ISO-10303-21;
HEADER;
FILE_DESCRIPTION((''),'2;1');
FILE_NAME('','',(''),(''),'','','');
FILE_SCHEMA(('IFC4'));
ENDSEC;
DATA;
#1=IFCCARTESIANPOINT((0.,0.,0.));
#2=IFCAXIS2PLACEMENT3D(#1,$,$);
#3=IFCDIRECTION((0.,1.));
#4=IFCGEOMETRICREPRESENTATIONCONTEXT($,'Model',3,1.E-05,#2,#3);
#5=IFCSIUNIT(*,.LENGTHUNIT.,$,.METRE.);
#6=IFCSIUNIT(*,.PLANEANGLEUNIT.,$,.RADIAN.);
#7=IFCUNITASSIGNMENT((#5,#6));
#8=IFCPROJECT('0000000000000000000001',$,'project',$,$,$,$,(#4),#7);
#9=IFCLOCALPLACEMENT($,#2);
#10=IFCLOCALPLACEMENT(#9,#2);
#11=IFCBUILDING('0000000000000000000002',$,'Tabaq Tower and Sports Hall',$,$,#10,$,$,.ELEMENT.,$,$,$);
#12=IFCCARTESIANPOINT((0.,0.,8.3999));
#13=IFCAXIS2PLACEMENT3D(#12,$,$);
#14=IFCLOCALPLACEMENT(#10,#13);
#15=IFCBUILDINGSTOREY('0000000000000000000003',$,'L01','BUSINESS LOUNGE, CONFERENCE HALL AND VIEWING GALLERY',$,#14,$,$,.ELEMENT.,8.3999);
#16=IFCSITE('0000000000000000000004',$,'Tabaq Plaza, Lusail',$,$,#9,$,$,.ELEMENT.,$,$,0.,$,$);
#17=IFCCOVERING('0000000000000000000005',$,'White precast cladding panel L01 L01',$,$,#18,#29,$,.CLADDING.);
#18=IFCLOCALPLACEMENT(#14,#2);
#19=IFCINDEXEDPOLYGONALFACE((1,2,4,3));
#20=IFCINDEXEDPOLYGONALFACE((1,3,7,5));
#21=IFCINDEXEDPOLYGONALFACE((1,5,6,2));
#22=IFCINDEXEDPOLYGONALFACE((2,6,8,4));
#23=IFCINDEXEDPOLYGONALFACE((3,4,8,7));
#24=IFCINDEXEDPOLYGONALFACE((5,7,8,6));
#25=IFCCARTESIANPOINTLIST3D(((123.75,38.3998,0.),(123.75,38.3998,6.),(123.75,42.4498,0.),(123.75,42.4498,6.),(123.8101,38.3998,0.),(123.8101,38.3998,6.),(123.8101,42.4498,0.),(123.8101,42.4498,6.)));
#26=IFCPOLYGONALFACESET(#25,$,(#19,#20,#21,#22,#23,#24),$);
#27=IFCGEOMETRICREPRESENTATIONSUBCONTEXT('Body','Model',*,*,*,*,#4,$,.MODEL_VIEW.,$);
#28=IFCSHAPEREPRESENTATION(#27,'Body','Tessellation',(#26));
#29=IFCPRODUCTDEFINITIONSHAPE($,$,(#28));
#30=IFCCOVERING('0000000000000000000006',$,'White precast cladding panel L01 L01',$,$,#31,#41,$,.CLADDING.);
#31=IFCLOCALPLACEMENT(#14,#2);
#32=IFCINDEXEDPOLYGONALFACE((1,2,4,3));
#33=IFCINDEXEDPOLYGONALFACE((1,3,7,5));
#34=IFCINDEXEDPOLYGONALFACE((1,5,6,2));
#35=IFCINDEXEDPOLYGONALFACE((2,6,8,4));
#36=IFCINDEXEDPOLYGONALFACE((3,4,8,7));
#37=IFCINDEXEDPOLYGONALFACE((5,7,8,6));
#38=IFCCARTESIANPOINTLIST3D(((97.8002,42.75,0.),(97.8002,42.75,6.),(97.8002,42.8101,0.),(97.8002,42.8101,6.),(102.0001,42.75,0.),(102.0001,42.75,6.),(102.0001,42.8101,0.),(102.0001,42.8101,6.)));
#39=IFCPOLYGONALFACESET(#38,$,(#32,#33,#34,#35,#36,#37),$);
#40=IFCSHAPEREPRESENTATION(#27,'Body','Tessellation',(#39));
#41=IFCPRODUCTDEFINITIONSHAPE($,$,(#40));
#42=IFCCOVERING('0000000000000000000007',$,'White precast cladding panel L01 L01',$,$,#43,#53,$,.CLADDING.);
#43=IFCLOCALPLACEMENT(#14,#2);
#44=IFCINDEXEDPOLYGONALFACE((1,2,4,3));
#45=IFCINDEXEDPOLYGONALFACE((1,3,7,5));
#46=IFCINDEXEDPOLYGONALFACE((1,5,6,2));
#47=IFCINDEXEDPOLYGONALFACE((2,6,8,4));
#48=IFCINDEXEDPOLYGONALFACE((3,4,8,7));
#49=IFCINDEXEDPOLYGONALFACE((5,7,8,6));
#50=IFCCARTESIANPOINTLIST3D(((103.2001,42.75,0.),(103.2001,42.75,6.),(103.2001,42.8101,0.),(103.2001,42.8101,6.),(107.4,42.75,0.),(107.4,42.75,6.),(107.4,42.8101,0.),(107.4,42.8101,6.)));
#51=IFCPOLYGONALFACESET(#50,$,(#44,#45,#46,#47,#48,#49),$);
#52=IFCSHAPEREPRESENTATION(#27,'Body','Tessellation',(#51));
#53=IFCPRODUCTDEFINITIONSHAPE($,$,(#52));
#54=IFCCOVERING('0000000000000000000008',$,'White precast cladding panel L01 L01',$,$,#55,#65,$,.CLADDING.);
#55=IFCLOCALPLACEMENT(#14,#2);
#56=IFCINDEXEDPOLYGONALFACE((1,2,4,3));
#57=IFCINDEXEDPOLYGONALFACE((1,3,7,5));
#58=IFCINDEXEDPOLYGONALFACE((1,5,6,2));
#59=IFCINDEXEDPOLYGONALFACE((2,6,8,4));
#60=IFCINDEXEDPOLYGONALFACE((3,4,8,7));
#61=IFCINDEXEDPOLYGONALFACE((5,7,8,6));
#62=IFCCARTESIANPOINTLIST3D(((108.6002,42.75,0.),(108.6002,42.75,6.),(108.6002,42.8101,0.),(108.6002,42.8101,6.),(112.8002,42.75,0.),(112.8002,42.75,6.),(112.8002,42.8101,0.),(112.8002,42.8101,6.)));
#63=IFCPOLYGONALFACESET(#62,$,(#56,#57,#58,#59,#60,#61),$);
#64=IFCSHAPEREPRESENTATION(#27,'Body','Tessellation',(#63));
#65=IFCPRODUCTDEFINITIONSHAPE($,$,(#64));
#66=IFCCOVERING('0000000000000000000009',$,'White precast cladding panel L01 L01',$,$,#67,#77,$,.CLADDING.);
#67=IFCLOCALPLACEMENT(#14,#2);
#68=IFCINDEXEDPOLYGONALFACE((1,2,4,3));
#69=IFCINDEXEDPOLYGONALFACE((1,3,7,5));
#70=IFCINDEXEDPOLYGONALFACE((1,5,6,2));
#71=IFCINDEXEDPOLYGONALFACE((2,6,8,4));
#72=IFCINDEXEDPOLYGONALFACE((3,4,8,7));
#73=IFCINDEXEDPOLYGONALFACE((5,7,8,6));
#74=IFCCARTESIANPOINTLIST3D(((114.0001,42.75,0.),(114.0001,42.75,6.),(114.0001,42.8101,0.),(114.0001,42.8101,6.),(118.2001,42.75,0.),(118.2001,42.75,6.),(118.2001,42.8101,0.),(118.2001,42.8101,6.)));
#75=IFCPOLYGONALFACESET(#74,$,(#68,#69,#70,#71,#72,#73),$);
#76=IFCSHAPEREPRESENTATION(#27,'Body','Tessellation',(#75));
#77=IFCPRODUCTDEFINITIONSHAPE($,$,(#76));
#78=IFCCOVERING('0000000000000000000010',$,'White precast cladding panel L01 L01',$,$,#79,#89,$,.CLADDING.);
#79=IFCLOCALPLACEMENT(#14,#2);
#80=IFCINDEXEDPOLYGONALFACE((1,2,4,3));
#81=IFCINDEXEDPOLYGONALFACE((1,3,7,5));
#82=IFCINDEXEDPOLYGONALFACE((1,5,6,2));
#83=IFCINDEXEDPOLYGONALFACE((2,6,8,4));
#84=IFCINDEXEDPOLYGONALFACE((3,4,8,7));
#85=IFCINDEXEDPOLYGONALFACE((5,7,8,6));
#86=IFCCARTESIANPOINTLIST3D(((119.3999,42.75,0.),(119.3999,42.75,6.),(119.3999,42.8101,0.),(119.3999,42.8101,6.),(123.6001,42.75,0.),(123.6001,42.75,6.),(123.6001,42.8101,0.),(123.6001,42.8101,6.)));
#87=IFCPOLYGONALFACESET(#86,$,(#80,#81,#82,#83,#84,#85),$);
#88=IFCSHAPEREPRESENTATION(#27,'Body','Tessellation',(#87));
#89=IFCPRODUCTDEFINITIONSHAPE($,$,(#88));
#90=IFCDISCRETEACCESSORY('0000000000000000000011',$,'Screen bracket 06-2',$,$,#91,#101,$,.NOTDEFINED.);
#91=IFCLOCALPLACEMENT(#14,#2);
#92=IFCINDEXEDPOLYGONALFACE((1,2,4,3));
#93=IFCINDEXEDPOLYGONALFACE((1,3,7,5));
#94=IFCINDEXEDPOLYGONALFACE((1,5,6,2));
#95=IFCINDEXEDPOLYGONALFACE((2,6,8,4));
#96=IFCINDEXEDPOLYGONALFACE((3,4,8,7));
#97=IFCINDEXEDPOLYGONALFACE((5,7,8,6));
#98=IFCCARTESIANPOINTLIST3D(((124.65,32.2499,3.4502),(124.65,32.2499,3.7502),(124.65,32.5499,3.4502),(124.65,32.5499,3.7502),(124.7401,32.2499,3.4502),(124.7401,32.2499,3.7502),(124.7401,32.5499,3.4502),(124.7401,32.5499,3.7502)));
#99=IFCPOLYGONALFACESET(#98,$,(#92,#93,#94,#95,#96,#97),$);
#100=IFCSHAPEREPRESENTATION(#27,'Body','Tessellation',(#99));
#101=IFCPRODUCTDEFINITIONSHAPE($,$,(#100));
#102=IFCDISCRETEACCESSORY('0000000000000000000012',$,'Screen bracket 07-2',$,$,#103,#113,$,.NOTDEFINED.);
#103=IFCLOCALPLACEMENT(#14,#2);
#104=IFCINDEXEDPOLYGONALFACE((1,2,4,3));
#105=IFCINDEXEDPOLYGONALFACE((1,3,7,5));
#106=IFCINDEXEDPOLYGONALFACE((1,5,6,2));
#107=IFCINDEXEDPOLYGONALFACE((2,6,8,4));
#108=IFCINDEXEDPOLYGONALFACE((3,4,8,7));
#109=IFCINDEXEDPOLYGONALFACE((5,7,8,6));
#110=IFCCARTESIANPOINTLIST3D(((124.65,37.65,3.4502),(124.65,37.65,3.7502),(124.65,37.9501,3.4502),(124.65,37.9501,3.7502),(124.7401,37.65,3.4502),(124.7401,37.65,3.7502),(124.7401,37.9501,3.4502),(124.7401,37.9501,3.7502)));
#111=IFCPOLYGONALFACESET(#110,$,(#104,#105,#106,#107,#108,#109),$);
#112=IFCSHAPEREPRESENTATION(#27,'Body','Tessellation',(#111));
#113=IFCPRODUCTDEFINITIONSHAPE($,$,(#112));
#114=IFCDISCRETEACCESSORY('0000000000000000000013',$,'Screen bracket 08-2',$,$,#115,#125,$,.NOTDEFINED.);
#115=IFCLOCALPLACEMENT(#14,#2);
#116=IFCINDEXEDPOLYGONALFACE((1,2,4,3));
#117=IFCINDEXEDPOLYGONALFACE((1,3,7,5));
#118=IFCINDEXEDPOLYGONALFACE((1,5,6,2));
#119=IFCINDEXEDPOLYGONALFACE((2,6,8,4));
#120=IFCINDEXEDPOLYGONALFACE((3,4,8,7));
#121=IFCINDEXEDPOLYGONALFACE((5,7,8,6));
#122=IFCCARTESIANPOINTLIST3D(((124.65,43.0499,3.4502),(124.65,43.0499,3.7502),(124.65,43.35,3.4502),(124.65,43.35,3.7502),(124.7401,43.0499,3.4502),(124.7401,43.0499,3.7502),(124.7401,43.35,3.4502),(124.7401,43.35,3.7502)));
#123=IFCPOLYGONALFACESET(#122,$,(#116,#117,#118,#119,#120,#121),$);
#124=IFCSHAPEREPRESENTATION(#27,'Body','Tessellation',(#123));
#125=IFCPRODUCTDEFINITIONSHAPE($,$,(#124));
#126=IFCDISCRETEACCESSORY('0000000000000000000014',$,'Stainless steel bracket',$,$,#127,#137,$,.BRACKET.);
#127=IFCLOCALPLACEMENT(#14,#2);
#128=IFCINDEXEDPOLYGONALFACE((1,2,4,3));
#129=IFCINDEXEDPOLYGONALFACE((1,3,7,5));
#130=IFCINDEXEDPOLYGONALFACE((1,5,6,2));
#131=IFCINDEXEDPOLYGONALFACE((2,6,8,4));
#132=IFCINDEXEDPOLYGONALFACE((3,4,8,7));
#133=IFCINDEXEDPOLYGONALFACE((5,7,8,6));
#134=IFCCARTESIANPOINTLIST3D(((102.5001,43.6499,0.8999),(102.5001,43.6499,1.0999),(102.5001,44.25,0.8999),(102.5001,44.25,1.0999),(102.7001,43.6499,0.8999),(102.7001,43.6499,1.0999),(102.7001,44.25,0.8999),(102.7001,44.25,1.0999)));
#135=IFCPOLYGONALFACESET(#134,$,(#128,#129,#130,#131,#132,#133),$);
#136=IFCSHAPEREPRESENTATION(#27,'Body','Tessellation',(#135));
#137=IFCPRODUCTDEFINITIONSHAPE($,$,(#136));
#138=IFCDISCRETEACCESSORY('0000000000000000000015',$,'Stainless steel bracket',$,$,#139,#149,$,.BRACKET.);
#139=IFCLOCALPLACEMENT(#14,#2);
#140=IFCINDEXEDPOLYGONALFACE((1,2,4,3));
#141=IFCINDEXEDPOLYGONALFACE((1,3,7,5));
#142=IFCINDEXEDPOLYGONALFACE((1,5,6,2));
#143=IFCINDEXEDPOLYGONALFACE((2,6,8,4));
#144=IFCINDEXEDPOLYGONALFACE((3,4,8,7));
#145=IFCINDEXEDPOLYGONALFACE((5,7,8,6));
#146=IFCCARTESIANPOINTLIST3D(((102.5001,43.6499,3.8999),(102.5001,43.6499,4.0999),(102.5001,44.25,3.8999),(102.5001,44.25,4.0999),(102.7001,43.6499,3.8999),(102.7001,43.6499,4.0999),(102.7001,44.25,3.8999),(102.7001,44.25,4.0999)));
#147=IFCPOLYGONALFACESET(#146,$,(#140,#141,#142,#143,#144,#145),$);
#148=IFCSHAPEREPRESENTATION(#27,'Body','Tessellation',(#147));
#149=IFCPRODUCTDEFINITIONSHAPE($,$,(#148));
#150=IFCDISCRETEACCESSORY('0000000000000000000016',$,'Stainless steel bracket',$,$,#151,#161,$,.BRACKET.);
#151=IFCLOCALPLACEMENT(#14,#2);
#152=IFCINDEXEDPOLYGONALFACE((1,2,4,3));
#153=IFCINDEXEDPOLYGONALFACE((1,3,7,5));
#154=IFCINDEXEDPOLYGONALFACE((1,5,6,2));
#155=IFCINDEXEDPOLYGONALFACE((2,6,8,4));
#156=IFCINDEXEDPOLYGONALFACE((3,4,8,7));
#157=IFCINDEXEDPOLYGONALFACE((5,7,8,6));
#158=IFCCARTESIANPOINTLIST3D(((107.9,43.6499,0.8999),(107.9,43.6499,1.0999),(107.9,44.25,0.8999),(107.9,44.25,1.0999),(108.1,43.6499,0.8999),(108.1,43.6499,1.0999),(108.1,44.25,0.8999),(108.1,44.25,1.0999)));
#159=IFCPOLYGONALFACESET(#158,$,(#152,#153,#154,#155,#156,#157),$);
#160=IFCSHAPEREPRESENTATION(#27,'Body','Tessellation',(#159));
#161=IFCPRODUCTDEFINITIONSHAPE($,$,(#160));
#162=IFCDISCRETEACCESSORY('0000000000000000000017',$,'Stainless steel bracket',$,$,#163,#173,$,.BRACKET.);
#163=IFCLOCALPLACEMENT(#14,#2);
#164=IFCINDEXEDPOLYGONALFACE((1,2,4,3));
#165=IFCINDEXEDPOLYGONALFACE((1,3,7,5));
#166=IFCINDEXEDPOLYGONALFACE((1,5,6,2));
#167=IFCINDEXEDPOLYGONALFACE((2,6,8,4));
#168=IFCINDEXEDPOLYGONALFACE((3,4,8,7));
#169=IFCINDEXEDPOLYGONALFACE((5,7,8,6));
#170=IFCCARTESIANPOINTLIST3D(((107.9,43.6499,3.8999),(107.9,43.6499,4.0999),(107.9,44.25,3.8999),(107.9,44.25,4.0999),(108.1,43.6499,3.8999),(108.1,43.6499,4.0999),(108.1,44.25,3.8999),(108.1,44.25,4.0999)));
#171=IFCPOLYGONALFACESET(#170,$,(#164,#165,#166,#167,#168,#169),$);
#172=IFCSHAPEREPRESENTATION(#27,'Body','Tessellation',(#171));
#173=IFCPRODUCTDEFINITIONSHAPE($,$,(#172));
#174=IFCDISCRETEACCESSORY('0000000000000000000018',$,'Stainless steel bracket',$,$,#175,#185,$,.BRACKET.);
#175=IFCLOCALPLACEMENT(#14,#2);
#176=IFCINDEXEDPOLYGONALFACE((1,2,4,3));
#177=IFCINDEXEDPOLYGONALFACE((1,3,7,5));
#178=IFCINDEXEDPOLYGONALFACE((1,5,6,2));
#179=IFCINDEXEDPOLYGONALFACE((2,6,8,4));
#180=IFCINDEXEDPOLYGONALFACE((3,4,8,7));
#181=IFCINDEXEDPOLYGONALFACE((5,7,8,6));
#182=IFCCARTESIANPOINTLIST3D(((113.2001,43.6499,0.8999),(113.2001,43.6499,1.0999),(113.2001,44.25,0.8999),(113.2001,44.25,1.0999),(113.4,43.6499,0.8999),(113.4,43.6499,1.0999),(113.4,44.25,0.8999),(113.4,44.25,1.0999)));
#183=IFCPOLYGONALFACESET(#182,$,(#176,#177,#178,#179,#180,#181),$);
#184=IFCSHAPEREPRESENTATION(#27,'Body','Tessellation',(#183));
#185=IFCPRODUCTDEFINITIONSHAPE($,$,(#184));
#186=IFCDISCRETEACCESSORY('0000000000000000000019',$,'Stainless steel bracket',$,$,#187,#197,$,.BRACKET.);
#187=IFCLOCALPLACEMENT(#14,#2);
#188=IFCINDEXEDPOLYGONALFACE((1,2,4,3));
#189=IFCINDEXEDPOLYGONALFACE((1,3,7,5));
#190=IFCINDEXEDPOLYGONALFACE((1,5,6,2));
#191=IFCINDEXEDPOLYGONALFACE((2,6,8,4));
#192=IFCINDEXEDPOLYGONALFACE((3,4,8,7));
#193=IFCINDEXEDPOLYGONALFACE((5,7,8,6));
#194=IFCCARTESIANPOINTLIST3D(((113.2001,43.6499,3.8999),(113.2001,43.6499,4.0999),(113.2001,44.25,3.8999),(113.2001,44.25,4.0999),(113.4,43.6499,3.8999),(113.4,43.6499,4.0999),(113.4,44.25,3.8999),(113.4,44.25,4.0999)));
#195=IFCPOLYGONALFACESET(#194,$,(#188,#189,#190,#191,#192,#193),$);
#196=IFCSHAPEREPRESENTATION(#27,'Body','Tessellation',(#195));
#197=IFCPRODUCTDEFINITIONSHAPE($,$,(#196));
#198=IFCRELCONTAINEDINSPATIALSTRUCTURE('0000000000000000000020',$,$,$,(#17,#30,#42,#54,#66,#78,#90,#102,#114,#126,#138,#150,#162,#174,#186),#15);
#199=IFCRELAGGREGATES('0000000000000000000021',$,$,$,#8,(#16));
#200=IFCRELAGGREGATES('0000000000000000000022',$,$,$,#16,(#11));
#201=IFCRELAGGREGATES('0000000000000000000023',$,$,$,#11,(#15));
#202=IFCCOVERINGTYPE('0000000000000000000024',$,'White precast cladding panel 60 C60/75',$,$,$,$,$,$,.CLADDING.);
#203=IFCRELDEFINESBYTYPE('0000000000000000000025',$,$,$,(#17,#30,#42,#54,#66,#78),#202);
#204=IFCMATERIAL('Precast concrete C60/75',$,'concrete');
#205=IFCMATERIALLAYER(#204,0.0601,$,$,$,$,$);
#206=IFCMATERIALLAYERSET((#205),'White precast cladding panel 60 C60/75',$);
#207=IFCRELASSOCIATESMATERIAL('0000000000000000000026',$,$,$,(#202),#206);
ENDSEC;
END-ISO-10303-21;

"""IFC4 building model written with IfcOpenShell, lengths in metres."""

from ifc_helpers import new_model, si_unit, direction, frame, frame_2d, origin, origin_2d, place, context, subcontext, project, spatial, rectangle, extrude, material, layer, layer_set, type_object, element, save


model = new_model("IFC4")

# Units and contexts
model_context = context("Model", 3, precision=1e-05, world=origin(), true_north=direction((0.0, 1.0)))
body_context = subcontext(model_context, "Body", "Model", "MODEL_VIEW")
ifc_project = project(units=[si_unit("LENGTHUNIT", "METRE"), si_unit("PLANEANGLEUNIT", "RADIAN")], contexts=[model_context])

# Site, building, storey
site_placement = place(None, origin())
site = spatial("IfcSite", under=ifc_project, at=site_placement, Name="Tabaq Plaza, Lusail", CompositionType="ELEMENT", RefElevation=0.0)
building_placement = place(site_placement, origin())
building = spatial("IfcBuilding", under=site, at=building_placement, Name="Tabaq Tower and Sports Hall", CompositionType="ELEMENT")
storey_placement = place(building_placement, frame((0.0, 0.0, 8.3999)))
storey = spatial("IfcBuildingStorey", under=building, at=storey_placement, Name="L01", Description="BUSINESS LOUNGE, CONFERENCE HALL AND VIEWING GALLERY", CompositionType="ELEMENT", Elevation=8.3999)

# Coverings
ifc_material_1 = material(Name="Precast concrete C60/75", Category="concrete")
ifc_layer_1 = layer(ifc_material_1, 0.0601)
ifc_layer_set_1 = layer_set([ifc_layer_1], Name="White precast cladding panel 60 C60/75")
covering_type = type_object("IfcCoveringType", Name="White precast cladding panel 60 C60/75", PredefinedType="CLADDING", material=ifc_layer_set_1)
covering_1_placement = place(storey_placement, frame((123.78, 38.3999, 0.0), z_axis=(0.0, 0.0, 1.0), x_axis=(0.0, 1.0, 0.0)))
element("IfcCovering", 1, at=covering_1_placement, inside=storey, type_object=covering_type, Name="White precast cladding panel L01 L01", PredefinedType="CLADDING", context=body_context, shape_type="SweptSolid", body=[
    extrude(rectangle(XDim=4.05, YDim=0.0601, at=frame_2d((2.0249, 0.0))), origin(), (0.0, 0.0, 1.0), 6.0),
])
for number, where, z_axis, x_axis, name in (
    (2, (97.8, 42.78, 0.0), (0.0, 0.0, 1.0), (1.0, 0.0, 0.0), "White precast cladding panel L01 L01"),
    (3, (103.2, 42.78, 0.0), (0.0, 0.0, 1.0), (1.0, 0.0, 0.0), "White precast cladding panel L01 L01"),
    (4, (108.6001, 42.78, 0.0), (0.0, 0.0, 1.0), (1.0, 0.0, 0.0), "White precast cladding panel L01 L01"),
    (5, (114.0, 42.78, 0.0), (0.0, 0.0, 1.0), (1.0, 0.0, 0.0), "White precast cladding panel L01 L01"),
):
    element("IfcCovering", number, at=place(storey_placement, frame(where, z_axis=z_axis, x_axis=x_axis)), inside=storey, type_object=covering_type, Name=name, PredefinedType="CLADDING", context=body_context, shape_type="SweptSolid", body=[
        extrude(rectangle(XDim=4.2, YDim=0.0601, at=frame_2d((2.1001, 0.0))), origin(), (0.0, 0.0, 1.0), 6.0),
    ])
covering_2_placement = place(storey_placement, frame((119.3999, 42.78, 0.0), z_axis=(0.0, 0.0, 1.0), x_axis=(1.0, 0.0, 0.0)))
element("IfcCovering", 6, at=covering_2_placement, inside=storey, type_object=covering_type, Name="White precast cladding panel L01 L01", PredefinedType="CLADDING", context=body_context, shape_type="SweptSolid", body=[
    extrude(rectangle(XDim=4.2002, YDim=0.0601, at=frame_2d((2.1001, 0.0))), origin(), (0.0, 0.0, 1.0), 6.0),
])

# Discrete accessories
for number, where, z_axis, x_axis, name in (
    (7, (124.6951, 32.3999, 3.4502), (0.0, 0.0, 1.0), (1.0, 0.0, 0.0), "Screen bracket 06-2"),
    (8, (124.6951, 37.8, 3.4502), (0.0, 0.0, 1.0), (1.0, 0.0, 0.0), "Screen bracket 07-2"),
    (9, (124.6951, 43.2, 3.4502), (0.0, 0.0, 1.0), (1.0, 0.0, 0.0), "Screen bracket 08-2"),
):
    element("IfcDiscreteAccessory", number, at=place(storey_placement, frame(where, z_axis=z_axis, x_axis=x_axis)), inside=storey, Name=name, PredefinedType="NOTDEFINED", context=body_context, shape_type="SweptSolid", body=[
        extrude(rectangle(XDim=0.0901, YDim=0.3, at=origin_2d()), origin(), (0.0, 0.0, 1.0), 0.3),
    ])
for number, where, z_axis, x_axis, name in (
    (10, (102.6001, 43.95, 0.8999), (0.0, 0.0, 1.0), (1.0, 0.0, 0.0), "Stainless steel bracket"),
    (11, (102.6001, 43.95, 3.8999), (0.0, 0.0, 1.0), (1.0, 0.0, 0.0), "Stainless steel bracket"),
    (12, (108.0, 43.95, 0.8999), (0.0, 0.0, 1.0), (1.0, 0.0, 0.0), "Stainless steel bracket"),
    (13, (108.0, 43.95, 3.8999), (0.0, 0.0, 1.0), (1.0, 0.0, 0.0), "Stainless steel bracket"),
    (14, (113.3, 43.95, 0.8999), (0.0, 0.0, 1.0), (1.0, 0.0, 0.0), "Stainless steel bracket"),
    (15, (113.3, 43.95, 3.8999), (0.0, 0.0, 1.0), (1.0, 0.0, 0.0), "Stainless steel bracket"),
):
    element("IfcDiscreteAccessory", number, at=place(storey_placement, frame(where, z_axis=z_axis, x_axis=x_axis)), inside=storey, Name=name, PredefinedType="BRACKET", context=body_context, shape_type="SweptSolid", body=[
        extrude(rectangle(XDim=0.2, YDim=0.6001, at=origin_2d()), origin(), (0.0, 0.0, 1.0), 0.2),
    ])

save(model, "model.ifc")
